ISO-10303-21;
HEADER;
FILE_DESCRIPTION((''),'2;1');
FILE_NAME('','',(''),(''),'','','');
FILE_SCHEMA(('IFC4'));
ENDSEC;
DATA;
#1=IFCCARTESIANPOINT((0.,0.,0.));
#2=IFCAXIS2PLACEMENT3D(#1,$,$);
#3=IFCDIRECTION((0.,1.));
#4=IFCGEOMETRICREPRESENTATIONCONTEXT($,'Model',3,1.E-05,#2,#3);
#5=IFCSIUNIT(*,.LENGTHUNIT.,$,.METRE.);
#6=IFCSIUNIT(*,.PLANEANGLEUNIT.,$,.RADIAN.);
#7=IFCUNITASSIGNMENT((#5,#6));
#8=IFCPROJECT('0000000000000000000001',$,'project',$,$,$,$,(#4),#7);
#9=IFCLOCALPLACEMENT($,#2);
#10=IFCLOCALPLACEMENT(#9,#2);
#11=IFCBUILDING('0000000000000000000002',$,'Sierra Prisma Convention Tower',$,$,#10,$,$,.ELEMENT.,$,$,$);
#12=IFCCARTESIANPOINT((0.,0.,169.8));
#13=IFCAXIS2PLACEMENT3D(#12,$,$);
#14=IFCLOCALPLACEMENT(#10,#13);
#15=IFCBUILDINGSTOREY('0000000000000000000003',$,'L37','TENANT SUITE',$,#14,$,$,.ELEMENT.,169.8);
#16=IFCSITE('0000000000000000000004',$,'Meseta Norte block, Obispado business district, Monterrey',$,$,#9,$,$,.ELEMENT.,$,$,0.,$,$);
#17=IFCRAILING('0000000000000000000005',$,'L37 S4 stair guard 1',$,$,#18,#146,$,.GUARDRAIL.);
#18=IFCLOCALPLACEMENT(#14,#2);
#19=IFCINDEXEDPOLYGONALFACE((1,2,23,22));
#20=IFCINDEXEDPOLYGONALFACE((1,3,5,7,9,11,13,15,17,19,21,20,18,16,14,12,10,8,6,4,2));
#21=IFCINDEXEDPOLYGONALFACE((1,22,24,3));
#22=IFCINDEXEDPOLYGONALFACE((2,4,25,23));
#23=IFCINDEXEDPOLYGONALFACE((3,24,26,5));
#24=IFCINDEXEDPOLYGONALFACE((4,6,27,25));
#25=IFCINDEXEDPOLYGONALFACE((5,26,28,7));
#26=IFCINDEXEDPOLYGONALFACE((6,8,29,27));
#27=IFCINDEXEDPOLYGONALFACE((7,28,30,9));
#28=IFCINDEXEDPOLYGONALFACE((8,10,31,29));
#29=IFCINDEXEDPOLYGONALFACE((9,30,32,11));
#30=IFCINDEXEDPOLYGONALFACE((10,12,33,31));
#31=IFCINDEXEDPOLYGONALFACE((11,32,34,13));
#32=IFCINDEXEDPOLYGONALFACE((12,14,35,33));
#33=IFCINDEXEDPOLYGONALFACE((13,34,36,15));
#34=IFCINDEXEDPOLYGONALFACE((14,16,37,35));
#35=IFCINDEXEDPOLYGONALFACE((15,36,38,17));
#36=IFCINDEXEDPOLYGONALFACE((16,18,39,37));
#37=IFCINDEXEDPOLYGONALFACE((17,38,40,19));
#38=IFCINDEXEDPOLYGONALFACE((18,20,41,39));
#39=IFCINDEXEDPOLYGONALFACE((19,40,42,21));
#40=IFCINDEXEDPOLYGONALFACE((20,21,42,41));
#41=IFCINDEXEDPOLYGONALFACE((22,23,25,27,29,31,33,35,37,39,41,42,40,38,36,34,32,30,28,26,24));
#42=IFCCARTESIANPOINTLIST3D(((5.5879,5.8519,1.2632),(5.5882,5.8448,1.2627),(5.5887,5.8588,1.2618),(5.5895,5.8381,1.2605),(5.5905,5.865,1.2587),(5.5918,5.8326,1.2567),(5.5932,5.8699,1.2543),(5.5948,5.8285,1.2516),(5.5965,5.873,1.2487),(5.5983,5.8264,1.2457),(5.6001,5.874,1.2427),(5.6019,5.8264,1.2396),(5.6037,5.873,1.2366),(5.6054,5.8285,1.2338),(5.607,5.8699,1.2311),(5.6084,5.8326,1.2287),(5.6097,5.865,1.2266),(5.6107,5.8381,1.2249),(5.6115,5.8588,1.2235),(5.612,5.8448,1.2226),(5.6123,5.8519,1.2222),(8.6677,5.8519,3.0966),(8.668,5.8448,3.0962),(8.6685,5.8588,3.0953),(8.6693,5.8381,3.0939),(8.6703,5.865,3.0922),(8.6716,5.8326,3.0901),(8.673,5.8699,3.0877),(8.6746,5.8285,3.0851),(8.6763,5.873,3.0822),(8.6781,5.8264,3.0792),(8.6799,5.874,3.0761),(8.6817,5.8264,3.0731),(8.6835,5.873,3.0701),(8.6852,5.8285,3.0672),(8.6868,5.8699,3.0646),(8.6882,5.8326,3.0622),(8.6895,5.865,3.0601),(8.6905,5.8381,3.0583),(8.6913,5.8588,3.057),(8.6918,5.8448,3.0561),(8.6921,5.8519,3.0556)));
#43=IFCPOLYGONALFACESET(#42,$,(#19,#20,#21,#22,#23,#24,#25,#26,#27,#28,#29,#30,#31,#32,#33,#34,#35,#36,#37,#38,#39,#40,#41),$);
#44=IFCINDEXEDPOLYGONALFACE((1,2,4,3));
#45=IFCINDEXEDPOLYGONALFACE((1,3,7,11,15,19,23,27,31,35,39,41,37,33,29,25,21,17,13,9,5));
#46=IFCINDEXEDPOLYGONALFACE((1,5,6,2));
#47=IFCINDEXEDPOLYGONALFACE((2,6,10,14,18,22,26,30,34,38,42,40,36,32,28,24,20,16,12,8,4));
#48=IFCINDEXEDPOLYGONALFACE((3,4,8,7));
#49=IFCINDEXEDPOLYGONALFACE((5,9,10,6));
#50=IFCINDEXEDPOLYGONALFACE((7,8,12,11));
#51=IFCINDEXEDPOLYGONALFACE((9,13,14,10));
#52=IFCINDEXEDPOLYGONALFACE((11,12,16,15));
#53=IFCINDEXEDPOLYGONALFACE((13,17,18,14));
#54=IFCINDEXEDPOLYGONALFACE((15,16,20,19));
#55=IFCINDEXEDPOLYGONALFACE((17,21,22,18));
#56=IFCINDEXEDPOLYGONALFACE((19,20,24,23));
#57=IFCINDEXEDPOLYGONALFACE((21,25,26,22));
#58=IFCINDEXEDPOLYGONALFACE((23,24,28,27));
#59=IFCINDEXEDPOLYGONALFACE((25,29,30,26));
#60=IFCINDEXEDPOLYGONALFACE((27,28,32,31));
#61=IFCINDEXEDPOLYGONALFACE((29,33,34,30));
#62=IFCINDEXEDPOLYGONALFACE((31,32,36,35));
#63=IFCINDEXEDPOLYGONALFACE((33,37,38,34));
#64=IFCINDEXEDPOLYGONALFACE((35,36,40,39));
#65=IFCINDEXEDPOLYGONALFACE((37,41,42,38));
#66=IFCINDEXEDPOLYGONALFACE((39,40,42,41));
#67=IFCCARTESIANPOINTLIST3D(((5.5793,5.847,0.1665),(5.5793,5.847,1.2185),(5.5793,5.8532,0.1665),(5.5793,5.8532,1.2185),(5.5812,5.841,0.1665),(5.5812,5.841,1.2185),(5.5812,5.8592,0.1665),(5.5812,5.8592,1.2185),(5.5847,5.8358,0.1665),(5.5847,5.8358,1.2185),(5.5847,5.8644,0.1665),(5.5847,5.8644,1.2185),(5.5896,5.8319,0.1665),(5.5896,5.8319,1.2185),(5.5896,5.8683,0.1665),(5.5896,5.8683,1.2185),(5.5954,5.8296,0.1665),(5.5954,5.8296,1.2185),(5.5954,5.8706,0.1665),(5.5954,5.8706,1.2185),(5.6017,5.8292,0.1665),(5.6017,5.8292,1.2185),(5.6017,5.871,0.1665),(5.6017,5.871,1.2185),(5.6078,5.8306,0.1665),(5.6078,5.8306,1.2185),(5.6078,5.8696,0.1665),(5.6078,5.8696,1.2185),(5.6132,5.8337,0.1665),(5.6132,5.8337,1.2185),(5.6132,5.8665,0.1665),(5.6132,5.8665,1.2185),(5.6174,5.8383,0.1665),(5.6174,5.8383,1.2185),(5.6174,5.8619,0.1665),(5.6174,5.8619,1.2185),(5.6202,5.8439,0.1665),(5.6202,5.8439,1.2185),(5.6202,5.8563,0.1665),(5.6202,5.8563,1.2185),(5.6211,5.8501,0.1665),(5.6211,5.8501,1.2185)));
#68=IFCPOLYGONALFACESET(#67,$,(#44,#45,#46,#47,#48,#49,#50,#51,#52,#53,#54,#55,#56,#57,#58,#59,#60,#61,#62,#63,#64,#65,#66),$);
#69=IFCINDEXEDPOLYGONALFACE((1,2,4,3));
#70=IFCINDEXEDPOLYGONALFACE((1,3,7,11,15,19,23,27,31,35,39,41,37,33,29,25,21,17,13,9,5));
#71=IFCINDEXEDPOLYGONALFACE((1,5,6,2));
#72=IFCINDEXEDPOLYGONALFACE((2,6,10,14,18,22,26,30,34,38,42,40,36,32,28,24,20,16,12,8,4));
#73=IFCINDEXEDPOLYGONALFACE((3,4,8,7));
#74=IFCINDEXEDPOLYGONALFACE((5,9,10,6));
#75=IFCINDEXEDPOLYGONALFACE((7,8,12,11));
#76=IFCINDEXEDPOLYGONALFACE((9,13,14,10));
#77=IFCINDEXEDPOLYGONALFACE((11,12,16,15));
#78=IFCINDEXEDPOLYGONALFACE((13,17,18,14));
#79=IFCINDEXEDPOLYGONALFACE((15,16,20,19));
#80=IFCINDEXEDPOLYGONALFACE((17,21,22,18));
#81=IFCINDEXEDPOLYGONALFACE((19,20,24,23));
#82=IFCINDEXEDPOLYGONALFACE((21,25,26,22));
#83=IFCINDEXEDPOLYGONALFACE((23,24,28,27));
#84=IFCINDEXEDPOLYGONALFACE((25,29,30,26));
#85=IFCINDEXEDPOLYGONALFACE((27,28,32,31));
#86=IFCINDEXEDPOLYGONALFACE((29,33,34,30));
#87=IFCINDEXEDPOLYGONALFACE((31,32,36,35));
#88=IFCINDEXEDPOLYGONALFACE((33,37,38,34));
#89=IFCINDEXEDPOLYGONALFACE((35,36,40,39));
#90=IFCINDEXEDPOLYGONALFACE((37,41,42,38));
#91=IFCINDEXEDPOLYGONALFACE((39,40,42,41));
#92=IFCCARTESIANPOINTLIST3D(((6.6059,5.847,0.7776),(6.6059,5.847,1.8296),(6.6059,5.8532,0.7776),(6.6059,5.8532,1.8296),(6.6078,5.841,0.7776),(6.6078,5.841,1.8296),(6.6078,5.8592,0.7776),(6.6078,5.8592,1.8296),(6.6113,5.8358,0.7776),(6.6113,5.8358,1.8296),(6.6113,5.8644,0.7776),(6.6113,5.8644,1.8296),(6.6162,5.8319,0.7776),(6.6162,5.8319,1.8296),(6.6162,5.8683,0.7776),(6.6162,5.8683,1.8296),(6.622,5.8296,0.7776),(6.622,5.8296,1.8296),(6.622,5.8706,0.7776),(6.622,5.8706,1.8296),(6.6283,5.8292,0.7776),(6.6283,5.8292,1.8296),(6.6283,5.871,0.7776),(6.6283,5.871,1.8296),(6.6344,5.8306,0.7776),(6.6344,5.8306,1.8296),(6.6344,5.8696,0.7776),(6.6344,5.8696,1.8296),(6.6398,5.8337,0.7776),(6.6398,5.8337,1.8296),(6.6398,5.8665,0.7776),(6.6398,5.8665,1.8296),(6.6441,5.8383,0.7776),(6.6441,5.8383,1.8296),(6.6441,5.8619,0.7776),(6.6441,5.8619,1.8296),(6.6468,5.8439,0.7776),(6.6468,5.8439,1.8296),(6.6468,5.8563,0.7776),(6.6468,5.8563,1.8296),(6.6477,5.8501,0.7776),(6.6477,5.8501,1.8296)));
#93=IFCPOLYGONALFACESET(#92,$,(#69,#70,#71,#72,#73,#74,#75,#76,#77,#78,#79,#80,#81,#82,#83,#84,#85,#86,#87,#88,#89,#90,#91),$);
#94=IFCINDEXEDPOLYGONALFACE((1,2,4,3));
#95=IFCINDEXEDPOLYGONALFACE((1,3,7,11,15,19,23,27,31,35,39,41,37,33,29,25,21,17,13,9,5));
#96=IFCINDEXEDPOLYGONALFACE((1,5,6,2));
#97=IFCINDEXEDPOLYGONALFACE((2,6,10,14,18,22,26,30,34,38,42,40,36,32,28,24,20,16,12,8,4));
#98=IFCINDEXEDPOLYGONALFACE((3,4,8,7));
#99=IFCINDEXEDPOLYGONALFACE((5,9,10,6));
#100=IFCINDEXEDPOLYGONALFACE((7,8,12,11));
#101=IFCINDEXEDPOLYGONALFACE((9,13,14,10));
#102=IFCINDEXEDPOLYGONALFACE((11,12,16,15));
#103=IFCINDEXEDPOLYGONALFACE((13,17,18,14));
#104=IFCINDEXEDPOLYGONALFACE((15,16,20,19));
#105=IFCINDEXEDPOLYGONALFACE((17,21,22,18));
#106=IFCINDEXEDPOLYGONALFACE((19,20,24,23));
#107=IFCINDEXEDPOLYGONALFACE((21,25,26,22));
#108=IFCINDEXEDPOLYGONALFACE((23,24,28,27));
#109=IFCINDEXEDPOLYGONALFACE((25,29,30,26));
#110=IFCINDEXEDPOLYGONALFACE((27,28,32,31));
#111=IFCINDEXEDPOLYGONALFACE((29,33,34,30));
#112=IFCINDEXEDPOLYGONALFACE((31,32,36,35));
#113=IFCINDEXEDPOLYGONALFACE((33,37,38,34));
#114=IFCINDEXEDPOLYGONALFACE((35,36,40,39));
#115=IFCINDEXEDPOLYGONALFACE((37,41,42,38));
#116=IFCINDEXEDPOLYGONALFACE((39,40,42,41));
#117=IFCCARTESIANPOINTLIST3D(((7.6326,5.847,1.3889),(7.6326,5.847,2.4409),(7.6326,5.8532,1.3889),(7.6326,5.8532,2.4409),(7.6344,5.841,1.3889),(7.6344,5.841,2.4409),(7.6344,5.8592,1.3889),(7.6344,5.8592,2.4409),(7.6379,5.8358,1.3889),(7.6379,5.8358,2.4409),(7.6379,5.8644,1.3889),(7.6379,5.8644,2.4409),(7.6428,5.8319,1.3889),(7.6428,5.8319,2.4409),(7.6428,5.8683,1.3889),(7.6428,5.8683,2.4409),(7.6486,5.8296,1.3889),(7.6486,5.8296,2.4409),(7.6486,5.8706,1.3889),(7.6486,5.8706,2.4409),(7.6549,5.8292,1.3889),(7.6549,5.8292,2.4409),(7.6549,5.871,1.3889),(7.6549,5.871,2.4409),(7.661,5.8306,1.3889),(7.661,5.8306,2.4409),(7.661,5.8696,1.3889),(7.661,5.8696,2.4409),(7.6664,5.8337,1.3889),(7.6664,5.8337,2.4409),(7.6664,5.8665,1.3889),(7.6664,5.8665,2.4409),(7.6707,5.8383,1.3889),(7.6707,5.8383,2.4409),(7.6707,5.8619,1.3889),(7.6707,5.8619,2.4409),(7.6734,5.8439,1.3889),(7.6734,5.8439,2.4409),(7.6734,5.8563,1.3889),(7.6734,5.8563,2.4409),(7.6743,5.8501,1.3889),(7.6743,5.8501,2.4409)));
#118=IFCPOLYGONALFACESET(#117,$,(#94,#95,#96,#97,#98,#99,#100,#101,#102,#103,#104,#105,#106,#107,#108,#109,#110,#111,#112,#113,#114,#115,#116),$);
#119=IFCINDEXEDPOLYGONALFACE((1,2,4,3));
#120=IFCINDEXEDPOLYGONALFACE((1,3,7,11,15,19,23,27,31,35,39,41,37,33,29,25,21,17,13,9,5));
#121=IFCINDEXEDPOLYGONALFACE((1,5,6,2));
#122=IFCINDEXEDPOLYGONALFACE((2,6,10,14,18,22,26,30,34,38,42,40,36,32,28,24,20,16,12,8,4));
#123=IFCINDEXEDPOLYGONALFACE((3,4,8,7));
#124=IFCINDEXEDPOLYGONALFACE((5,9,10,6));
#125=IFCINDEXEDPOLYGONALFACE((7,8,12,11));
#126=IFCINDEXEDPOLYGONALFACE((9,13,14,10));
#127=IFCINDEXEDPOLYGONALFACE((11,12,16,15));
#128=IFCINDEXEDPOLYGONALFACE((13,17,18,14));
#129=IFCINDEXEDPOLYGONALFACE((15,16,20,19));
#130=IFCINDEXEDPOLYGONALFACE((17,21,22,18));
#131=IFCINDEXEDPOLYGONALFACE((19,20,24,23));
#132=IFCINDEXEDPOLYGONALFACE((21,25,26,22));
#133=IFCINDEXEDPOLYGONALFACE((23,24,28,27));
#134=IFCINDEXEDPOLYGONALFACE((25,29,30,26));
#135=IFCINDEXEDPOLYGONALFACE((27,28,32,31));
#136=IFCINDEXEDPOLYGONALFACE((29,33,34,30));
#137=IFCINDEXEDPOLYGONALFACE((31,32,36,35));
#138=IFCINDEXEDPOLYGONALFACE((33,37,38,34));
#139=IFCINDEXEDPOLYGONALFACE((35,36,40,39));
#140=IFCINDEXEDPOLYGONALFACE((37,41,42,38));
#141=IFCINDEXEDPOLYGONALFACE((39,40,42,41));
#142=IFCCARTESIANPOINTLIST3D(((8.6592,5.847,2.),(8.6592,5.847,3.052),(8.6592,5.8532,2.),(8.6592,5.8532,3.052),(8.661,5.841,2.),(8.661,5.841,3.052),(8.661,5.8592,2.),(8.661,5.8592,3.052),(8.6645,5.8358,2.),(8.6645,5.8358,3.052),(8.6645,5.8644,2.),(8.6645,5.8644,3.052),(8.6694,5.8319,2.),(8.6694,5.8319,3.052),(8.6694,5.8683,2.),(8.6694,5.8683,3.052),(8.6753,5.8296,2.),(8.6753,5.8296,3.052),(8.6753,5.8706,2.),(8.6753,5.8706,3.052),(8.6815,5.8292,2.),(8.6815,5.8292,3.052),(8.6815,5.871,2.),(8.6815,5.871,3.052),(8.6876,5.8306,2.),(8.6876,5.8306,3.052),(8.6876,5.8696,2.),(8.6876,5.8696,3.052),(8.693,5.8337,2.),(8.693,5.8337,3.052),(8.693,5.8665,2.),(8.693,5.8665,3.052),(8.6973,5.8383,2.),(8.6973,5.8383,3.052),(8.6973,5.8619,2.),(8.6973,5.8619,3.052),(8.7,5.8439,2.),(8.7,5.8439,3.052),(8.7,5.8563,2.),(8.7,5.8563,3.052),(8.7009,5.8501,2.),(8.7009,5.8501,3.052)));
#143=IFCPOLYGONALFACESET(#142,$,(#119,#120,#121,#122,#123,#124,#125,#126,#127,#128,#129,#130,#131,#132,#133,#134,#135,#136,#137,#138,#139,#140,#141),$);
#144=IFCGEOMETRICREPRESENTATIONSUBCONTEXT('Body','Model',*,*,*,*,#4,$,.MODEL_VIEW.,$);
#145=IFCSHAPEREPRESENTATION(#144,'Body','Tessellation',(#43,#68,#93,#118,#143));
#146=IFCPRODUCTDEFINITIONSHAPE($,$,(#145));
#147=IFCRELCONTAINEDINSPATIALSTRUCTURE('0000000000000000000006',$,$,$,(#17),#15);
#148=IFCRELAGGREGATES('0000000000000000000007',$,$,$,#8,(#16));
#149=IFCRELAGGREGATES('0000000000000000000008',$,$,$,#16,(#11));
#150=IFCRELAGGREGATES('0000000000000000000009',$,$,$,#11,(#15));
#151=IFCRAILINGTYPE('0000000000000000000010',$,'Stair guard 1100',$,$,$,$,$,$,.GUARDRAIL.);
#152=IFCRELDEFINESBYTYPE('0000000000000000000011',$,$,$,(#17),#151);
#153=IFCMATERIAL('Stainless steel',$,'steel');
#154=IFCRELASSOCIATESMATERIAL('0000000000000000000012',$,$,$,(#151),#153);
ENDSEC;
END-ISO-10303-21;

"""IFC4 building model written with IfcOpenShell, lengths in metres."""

from ifc_helpers import new_model, si_unit, direction, frame, origin, origin_2d, place, context, subcontext, project, spatial, circle, extrude, material, type_object, element, save


model = new_model("IFC4")

# Units and contexts
model_context = context("Model", 3, precision=1e-05, world=origin(), true_north=direction((0.0, 1.0)))
body_context = subcontext(model_context, "Body", "Model", "MODEL_VIEW")
ifc_project = project(units=[si_unit("LENGTHUNIT", "METRE"), si_unit("PLANEANGLEUNIT", "RADIAN")], contexts=[model_context])

# Site, building, storey
site_placement = place(None, origin())
site = spatial("IfcSite", under=ifc_project, at=site_placement, Name="Meseta Norte block, Obispado business district, Monterrey", CompositionType="ELEMENT", RefElevation=0.0)
building_placement = place(site_placement, origin())
building = spatial("IfcBuilding", under=site, at=building_placement, Name="Sierra Prisma Convention Tower", CompositionType="ELEMENT")
storey_placement = place(building_placement, frame((0.0, 0.0, 169.8)))
storey = spatial("IfcBuildingStorey", under=building, at=storey_placement, Name="L37", Description="TENANT SUITE", CompositionType="ELEMENT", Elevation=169.8)

# Railing
ifc_material_1 = material(Name="Stainless steel", Category="steel")
railing_type_1 = type_object("IfcRailingType", Name="Stair guard 1100", PredefinedType="GUARDRAIL", material=ifc_material_1)
railing_1_placement = place(storey_placement, frame((5.6001, 5.8501, 0.1665)))
element("IfcRailing", 1, at=railing_1_placement, inside=storey, type_object=railing_type_1, Name="L37 S4 stair guard 1", PredefinedType="GUARDRAIL", context=body_context, shape_type="SweptSolid", body=[
    extrude(circle(Radius=0.0239, at=origin_2d()), frame((0.0, 0.0, 1.0762), z_axis=(0.859261, 0.0, 0.511538), x_axis=(0.0, 1.0, 0.0)), (0.0, 0.0, 1.0), 3.5842),
    extrude(circle(Radius=0.021, at=origin_2d()), origin(), (0.0, 0.0, 1.0), 1.052),
    extrude(circle(Radius=0.021, at=origin_2d()), frame((1.0266, 0.0, 0.6111)), (0.0, 0.0, 1.0), 1.052),
    extrude(circle(Radius=0.021, at=origin_2d()), frame((2.0532, 0.0, 1.2224)), (0.0, 0.0, 1.0), 1.052),
    extrude(circle(Radius=0.021, at=origin_2d()), frame((3.0798, 0.0, 1.8335)), (0.0, 0.0, 1.0), 1.052),
])

save(model, "model.ifc")
